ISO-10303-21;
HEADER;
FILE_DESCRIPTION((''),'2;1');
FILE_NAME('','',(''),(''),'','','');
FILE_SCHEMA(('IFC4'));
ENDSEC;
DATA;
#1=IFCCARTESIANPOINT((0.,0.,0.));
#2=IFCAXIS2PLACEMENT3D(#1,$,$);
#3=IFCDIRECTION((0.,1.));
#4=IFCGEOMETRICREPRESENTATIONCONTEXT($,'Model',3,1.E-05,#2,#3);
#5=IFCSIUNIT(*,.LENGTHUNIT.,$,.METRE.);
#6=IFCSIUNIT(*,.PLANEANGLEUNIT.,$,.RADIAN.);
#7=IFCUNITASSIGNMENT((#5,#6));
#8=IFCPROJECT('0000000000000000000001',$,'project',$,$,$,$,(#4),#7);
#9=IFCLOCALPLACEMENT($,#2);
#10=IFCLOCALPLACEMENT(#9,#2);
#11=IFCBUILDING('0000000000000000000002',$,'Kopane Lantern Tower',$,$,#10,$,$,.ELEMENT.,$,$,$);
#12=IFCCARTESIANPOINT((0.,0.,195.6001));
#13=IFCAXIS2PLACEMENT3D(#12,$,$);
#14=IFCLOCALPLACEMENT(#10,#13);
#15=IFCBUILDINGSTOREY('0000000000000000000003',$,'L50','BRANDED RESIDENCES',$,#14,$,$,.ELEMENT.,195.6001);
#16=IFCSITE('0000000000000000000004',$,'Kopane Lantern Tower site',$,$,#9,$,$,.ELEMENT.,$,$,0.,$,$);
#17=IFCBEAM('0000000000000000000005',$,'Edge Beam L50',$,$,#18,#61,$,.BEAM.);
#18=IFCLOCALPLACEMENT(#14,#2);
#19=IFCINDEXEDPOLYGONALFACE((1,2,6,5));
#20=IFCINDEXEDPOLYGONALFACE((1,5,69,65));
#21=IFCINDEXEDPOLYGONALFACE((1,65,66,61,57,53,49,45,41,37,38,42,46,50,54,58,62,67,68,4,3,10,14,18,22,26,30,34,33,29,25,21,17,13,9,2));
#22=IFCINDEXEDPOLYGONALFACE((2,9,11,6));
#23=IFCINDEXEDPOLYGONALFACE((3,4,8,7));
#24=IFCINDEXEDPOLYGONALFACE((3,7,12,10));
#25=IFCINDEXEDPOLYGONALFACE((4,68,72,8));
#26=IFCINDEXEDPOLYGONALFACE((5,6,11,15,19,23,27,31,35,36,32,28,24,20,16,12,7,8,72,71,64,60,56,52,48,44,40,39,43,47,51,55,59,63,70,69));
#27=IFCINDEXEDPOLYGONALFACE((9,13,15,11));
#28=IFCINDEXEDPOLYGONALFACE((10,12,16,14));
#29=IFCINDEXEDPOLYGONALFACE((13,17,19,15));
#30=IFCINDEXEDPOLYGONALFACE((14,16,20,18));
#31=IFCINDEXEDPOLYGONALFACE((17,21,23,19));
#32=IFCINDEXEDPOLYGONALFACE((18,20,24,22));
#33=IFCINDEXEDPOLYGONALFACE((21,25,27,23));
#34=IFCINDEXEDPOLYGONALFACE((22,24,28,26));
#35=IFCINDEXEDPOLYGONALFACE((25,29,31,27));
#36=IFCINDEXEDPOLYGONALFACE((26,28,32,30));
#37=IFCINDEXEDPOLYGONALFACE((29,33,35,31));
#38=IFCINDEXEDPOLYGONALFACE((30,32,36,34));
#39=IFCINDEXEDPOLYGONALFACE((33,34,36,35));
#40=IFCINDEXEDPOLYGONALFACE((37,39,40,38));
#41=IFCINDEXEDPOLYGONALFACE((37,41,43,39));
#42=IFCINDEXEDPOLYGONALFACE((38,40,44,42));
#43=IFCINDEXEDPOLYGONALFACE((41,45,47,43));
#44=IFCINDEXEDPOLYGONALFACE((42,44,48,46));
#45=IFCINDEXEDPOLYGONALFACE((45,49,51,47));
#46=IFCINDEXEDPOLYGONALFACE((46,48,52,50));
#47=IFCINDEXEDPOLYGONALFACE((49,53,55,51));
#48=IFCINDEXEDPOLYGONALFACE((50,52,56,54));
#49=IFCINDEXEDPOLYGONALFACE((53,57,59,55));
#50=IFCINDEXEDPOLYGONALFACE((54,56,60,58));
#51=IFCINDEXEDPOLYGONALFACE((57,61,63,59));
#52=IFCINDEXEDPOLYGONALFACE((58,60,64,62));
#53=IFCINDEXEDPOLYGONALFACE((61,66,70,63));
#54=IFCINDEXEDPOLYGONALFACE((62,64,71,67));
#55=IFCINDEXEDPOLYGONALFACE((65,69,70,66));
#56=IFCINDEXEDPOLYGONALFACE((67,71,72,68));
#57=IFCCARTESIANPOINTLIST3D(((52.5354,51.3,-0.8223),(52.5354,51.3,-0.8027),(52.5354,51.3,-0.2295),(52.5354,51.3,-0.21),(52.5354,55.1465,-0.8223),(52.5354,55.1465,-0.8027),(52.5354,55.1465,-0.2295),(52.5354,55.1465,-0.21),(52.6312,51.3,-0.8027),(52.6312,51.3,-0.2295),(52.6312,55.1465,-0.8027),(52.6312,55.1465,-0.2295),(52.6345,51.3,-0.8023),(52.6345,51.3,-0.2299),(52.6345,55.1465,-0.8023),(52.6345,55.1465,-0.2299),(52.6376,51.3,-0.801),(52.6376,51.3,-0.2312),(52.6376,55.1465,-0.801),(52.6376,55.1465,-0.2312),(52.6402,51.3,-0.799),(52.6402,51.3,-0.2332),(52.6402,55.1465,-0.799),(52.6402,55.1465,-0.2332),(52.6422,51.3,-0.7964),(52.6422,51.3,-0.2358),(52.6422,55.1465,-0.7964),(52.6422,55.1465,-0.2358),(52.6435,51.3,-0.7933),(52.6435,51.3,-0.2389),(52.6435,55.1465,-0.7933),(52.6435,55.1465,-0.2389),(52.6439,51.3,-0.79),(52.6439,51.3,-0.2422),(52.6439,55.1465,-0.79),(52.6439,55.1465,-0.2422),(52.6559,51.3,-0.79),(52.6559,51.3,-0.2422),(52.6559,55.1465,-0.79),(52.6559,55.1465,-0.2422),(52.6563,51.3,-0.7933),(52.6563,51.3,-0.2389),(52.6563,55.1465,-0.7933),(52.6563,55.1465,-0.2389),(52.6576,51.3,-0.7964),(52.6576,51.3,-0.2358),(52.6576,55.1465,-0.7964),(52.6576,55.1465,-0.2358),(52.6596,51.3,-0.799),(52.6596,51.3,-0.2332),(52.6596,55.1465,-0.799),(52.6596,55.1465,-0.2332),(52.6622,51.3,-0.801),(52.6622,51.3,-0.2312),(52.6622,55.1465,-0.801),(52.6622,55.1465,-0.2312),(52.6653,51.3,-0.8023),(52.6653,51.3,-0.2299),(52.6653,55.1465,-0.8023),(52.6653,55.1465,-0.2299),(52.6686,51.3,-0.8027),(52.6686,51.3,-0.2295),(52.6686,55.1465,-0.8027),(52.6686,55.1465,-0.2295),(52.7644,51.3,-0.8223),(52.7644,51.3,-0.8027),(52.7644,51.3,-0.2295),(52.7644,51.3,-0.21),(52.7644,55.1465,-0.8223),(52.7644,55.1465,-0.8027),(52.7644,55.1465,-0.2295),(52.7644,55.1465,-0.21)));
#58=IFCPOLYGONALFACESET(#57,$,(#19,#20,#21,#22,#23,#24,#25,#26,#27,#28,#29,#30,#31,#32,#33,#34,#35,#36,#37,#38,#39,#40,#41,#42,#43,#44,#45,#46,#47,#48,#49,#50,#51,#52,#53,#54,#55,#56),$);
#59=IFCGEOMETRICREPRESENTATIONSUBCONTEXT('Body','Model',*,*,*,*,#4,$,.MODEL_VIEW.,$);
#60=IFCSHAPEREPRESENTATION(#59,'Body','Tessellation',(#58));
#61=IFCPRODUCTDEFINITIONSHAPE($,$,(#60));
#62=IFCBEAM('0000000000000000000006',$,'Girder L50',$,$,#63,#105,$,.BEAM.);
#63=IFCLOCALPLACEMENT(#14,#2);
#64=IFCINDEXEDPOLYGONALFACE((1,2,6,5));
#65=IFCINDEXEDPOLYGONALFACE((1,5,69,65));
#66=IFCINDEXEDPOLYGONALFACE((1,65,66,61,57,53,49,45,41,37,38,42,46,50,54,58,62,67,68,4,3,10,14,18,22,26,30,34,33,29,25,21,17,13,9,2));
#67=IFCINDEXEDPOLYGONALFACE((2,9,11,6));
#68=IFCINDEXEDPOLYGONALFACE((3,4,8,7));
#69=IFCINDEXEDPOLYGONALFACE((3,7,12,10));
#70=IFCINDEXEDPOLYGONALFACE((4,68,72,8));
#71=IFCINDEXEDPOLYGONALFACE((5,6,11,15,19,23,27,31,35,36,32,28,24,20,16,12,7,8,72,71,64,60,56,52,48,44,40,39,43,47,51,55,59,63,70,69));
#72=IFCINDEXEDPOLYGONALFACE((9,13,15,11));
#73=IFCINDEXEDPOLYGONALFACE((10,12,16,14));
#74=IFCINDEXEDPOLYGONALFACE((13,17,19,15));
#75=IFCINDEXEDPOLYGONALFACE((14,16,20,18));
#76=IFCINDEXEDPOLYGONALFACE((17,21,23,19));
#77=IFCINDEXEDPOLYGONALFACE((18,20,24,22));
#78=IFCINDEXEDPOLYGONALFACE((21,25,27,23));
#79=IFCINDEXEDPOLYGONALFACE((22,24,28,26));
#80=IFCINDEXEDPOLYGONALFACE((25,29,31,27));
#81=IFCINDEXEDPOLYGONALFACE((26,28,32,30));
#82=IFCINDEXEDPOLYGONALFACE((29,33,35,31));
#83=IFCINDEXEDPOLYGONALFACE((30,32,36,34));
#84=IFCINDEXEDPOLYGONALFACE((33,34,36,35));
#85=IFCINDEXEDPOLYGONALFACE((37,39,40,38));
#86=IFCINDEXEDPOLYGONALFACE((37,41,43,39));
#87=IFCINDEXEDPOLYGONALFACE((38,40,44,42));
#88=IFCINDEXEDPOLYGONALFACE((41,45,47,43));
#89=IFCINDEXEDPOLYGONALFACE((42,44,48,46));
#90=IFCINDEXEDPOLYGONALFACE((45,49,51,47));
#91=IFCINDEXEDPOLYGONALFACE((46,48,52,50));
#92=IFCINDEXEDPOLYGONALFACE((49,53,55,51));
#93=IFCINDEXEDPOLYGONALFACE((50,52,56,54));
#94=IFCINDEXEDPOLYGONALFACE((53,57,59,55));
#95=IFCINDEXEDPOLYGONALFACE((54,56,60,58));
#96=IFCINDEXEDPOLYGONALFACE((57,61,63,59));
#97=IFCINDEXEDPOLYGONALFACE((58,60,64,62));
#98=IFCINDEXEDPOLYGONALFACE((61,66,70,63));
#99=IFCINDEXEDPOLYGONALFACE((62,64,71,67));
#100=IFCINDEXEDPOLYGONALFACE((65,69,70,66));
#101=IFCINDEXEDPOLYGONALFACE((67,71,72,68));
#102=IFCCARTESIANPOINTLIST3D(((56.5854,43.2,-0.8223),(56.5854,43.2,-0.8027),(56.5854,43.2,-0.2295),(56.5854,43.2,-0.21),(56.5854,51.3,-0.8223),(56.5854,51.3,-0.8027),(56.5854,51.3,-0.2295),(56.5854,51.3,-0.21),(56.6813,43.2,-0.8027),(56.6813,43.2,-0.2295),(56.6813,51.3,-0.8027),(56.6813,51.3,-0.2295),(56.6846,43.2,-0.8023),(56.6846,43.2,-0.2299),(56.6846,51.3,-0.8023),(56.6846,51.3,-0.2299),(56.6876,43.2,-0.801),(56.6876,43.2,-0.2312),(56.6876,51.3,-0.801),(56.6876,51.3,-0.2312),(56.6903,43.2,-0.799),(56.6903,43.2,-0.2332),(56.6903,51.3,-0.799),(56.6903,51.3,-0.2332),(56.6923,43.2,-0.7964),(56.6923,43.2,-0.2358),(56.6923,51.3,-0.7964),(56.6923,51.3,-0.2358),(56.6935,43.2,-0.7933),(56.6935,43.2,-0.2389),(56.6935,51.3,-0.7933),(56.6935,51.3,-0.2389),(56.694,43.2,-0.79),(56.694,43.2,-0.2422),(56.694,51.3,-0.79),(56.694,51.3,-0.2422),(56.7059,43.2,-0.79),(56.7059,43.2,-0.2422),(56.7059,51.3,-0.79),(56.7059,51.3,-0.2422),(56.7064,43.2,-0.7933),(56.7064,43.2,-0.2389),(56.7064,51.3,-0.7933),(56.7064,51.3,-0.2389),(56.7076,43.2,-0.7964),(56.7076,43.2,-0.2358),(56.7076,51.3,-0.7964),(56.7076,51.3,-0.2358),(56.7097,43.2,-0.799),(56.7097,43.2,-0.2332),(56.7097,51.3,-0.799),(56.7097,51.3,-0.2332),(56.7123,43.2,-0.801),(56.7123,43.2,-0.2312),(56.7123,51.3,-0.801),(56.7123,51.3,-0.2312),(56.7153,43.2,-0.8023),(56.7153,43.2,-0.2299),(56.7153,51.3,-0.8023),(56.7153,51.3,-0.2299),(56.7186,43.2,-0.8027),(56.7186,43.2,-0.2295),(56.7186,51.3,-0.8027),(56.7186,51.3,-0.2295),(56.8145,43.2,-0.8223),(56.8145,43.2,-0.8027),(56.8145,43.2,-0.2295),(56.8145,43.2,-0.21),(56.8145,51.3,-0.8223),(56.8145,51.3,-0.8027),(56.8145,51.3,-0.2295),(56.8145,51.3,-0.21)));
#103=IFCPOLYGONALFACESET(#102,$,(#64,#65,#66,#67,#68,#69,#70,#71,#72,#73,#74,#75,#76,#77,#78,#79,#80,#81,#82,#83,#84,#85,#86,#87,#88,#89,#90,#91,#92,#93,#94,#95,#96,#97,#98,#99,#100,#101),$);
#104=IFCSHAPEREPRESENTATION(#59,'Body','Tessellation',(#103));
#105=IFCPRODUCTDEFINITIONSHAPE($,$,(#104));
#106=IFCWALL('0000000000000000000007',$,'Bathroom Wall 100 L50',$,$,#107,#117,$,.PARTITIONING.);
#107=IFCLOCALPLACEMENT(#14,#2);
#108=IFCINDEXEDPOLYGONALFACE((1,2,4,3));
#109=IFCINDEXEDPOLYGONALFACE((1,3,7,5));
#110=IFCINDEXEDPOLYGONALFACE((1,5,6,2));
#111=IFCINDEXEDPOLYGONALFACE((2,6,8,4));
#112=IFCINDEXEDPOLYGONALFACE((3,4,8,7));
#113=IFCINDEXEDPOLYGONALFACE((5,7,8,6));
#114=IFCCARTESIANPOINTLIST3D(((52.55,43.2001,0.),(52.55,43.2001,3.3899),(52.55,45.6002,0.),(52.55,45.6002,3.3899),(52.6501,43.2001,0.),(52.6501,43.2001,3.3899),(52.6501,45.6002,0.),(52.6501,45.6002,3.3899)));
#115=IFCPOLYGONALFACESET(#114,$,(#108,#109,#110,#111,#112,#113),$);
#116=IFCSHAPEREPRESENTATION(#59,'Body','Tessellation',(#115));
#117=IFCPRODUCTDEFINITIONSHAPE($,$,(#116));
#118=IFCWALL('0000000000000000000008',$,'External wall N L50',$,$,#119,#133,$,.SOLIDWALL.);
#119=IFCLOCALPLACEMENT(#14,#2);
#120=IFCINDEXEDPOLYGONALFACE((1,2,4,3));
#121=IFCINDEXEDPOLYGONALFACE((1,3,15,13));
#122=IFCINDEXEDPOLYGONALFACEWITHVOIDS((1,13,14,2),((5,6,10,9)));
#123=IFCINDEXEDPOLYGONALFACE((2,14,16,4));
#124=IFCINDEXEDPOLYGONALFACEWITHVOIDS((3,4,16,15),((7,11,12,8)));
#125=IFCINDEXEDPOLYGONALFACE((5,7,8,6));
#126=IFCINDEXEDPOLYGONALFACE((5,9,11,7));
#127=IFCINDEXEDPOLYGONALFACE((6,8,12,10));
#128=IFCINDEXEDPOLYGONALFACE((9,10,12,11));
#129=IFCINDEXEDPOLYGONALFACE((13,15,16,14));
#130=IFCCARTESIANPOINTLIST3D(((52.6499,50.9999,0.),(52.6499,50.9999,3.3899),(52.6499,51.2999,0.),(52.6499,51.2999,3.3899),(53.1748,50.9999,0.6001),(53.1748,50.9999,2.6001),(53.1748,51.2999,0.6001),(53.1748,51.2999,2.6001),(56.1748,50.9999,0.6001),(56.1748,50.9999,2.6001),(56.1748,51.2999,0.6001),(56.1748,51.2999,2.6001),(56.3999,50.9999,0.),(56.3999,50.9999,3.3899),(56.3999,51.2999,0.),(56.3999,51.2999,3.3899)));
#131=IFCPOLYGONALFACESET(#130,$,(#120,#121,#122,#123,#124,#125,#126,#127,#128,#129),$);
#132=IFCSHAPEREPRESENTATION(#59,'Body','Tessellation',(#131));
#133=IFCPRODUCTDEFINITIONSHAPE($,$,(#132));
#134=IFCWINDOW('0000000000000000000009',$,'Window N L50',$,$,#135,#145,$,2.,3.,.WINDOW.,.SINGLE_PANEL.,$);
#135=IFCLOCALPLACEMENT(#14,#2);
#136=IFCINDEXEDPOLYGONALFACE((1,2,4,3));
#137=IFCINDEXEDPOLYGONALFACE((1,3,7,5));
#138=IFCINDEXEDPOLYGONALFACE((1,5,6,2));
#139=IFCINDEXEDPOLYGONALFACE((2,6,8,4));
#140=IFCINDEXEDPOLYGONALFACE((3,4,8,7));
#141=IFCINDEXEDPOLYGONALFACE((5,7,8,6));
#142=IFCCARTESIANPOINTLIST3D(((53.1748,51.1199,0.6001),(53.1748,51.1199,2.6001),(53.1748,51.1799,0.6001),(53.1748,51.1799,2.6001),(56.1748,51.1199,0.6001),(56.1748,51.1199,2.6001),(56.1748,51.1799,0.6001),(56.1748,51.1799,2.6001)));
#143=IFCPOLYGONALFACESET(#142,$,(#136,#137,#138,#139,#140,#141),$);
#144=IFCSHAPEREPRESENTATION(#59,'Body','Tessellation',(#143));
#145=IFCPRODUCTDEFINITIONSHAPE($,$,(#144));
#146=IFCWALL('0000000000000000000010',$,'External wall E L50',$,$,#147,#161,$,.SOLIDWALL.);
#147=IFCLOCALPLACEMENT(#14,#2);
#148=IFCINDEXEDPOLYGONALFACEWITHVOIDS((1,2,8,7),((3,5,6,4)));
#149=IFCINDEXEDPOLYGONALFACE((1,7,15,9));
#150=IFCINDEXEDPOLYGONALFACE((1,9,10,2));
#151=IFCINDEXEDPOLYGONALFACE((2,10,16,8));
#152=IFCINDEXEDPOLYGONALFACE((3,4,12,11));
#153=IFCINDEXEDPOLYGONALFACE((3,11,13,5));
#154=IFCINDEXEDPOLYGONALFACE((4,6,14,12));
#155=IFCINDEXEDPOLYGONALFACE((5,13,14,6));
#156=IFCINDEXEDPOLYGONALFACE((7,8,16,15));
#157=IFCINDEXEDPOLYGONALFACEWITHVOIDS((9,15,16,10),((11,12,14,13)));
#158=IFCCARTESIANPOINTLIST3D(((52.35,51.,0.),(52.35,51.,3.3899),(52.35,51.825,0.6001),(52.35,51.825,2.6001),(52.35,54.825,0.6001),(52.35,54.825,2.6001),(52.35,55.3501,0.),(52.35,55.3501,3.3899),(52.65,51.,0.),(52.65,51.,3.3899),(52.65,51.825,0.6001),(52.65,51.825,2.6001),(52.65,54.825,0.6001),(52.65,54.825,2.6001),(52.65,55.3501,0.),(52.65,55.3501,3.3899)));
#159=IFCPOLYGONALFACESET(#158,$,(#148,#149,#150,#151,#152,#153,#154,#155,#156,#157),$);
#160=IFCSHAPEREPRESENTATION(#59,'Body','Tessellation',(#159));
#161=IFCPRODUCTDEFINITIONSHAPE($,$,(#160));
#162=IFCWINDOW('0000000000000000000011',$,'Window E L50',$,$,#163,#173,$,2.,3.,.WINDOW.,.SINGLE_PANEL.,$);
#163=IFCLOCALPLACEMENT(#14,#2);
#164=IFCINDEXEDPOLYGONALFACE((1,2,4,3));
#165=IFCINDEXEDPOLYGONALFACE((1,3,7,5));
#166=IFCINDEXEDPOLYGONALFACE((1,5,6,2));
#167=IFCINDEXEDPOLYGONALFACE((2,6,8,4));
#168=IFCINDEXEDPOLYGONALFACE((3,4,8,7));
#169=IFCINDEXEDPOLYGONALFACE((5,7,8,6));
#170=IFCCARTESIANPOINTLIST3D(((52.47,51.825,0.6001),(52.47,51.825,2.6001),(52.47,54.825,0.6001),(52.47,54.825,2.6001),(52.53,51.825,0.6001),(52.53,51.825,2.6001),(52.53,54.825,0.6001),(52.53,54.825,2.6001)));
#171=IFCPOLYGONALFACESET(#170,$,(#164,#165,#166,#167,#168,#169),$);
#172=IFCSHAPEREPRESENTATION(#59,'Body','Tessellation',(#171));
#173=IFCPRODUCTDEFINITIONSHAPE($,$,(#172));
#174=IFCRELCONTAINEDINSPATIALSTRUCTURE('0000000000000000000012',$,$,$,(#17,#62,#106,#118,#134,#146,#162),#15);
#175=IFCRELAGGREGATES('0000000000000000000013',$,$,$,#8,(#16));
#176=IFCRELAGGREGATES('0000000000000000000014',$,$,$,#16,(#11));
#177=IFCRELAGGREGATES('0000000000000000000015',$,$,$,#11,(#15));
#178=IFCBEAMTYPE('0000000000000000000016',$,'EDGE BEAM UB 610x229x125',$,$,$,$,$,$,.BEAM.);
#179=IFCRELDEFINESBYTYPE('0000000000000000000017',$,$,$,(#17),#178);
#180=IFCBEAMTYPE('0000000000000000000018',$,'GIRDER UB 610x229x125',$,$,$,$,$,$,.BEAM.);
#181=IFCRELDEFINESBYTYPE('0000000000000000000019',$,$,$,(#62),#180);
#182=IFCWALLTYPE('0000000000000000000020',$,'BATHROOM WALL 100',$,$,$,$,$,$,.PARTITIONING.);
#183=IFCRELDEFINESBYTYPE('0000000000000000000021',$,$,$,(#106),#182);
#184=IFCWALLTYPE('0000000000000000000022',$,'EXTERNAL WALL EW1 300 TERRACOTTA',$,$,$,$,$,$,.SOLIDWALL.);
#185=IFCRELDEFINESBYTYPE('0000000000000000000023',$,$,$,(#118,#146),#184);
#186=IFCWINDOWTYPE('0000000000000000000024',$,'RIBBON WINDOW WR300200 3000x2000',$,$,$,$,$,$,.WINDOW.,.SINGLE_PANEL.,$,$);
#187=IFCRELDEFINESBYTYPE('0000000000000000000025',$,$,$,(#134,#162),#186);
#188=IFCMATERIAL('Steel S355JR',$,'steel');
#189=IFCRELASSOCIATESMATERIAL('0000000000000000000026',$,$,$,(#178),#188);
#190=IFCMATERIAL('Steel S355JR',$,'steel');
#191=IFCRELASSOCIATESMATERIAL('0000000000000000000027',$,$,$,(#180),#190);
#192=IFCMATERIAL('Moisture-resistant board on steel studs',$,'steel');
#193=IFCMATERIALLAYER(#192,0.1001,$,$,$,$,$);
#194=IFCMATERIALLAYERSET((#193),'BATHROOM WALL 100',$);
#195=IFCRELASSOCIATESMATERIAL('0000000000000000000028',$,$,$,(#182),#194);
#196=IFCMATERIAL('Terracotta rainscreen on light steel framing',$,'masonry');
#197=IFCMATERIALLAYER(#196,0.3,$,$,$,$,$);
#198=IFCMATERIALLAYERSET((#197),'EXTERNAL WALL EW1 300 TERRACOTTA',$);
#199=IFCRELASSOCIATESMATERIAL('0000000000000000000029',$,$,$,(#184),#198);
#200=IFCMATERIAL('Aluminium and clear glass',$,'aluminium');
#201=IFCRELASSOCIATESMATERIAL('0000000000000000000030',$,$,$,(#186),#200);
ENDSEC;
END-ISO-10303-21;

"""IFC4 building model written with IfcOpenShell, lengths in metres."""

from ifc_helpers import new_model, si_unit, direction, frame, frame_2d, origin, origin_2d, place, context, subcontext, project, spatial, rectangle, i_section, extrude, material, layer, layer_set, material_profile, profile_set, type_object, element, fill, save


model = new_model("IFC4")

# Units and contexts
model_context = context("Model", 3, precision=1e-05, world=origin(), true_north=direction((0.0, 1.0)))
body_context = subcontext(model_context, "Body", "Model", "MODEL_VIEW")
ifc_project = project(units=[si_unit("LENGTHUNIT", "METRE"), si_unit("PLANEANGLEUNIT", "RADIAN")], contexts=[model_context])

# Site, building, storey
site_placement = place(None, origin())
site = spatial("IfcSite", under=ifc_project, at=site_placement, Name="Kopane Lantern Tower site", CompositionType="ELEMENT", RefElevation=0.0)
building_placement = place(site_placement, origin())
building = spatial("IfcBuilding", under=site, at=building_placement, Name="Kopane Lantern Tower", CompositionType="ELEMENT")
storey_placement = place(building_placement, frame((0.0, 0.0, 195.6001)))
storey = spatial("IfcBuildingStorey", under=building, at=storey_placement, Name="L50", Description="BRANDED RESIDENCES", CompositionType="ELEMENT", Elevation=195.6001)

# Beams
ifc_material_1 = material(Name="Steel S355JR", Category="steel")
ifc_material_profile_1 = material_profile(ifc_material_1, i_section(OverallWidth=0.229, OverallDepth=0.6123, WebThickness=0.012, FlangeThickness=0.0195, FilletRadius=0.0127, at=origin_2d()), Name="UB 610x229x125")
ifc_profile_set_1 = profile_set([ifc_material_profile_1], Name="Steel S355JR")
beam_type_1 = type_object("IfcBeamType", Name="EDGE BEAM UB 610x229x125", PredefinedType="BEAM", material=ifc_profile_set_1)
for number, where, z_axis, x_axis, name in (
    (1, (52.6499, 55.1465, -0.5161), (0.0, -1.0, 0.0), (1.0, 0.0, 0.0), "Edge Beam L50"),
):
    element("IfcBeam", number, at=place(storey_placement, frame(where, z_axis=z_axis, x_axis=x_axis)), inside=storey, type_object=beam_type_1, Name=name, PredefinedType="BEAM", context=body_context, shape_type="SweptSolid", body=[
        extrude(i_section(OverallWidth=0.229, OverallDepth=0.6123, WebThickness=0.012, FlangeThickness=0.0195, FilletRadius=0.0127, at=origin_2d()), origin(), (0.0, 0.0, 1.0), 3.8464),
    ])
ifc_material_2 = material(Name="Steel S355JR", Category="steel")
ifc_material_profile_2 = material_profile(ifc_material_2, i_section(OverallWidth=0.229, OverallDepth=0.6123, WebThickness=0.012, FlangeThickness=0.0195, FilletRadius=0.0127, at=origin_2d()), Name="UB 610x229x125")
ifc_profile_set_2 = profile_set([ifc_material_profile_2], Name="Steel S355JR")
beam_type_2 = type_object("IfcBeamType", Name="GIRDER UB 610x229x125", PredefinedType="BEAM", material=ifc_profile_set_2)
beam_1_placement = place(storey_placement, frame((56.7, 43.2, -0.5161), z_axis=(0.0, 1.0, 0.0), x_axis=(-1.0, 0.0, 0.0)))
element("IfcBeam", 2, at=beam_1_placement, inside=storey, type_object=beam_type_2, Name="Girder L50", PredefinedType="BEAM", context=body_context, shape_type="SweptSolid", body=[
    extrude(i_section(OverallWidth=0.229, OverallDepth=0.6123, WebThickness=0.012, FlangeThickness=0.0195, FilletRadius=0.0127, at=origin_2d()), origin(), (0.0, 0.0, 1.0), 8.1001),
])

# Wall
ifc_material_3 = material(Name="Moisture-resistant board on steel studs", Category="steel")
ifc_layer_1 = layer(ifc_material_3, 0.1001)
ifc_layer_set_1 = layer_set([ifc_layer_1], Name="BATHROOM WALL 100")
wall_type_1 = type_object("IfcWallType", Name="BATHROOM WALL 100", PredefinedType="PARTITIONING", material=ifc_layer_set_1)
wall_1_placement = place(storey_placement, frame((52.6001, 43.2, 0.0), z_axis=(0.0, 0.0, 1.0), x_axis=(0.0, 1.0, 0.0)))
element("IfcWall", 3, at=wall_1_placement, inside=storey, type_object=wall_type_1, Name="Bathroom Wall 100 L50", PredefinedType="PARTITIONING", context=body_context, shape_type="SweptSolid", body=[
    extrude(rectangle(XDim=2.4001, YDim=0.1001, at=frame_2d((1.2002, 0.0))), origin(), (0.0, 0.0, 1.0), 3.3899),
])

# Walls, openings, windows
ifc_material_4 = material(Name="Terracotta rainscreen on light steel framing", Category="masonry")
ifc_layer_2 = layer(ifc_material_4, 0.3)
ifc_layer_set_2 = layer_set([ifc_layer_2], Name="EXTERNAL WALL EW1 300 TERRACOTTA")
wall_type_2 = type_object("IfcWallType", Name="EXTERNAL WALL EW1 300 TERRACOTTA", PredefinedType="SOLIDWALL", material=ifc_layer_set_2)
wall_2_placement = place(storey_placement, frame((56.3999, 51.1499, 0.0), z_axis=(0.0, 0.0, 1.0), x_axis=(-1.0, 0.0, 0.0)))
wall_2 = element("IfcWall", 4, at=wall_2_placement, inside=storey, type_object=wall_type_2, Name="External wall N L50", PredefinedType="SOLIDWALL", context=body_context, shape_type="SweptSolid", body=[
    extrude(rectangle(XDim=3.75, YDim=0.3, at=frame_2d((1.875, 0.0))), origin(), (0.0, 0.0, 1.0), 3.3899),
])
opening_1_placement = place(wall_2_placement, frame((0.2251, 0.0, 0.6001)))
opening_1 = element("IfcOpeningElement", 5, at=opening_1_placement, cuts=wall_2, PredefinedType="OPENING", context=body_context, shape_type="SweptSolid", body=[
    extrude(rectangle(XDim=3.0, YDim=2.0, at=frame_2d((1.5, 1.0))), frame((0.0, 0.1599, 0.0), z_axis=(0.0, -1.0, 0.0), x_axis=(1.0, 0.0, 0.0)), (0.0, 0.0, 1.0), 0.3201),
])
ifc_material_5 = material(Name="Aluminium and clear glass", Category="aluminium")
window_type = type_object("IfcWindowType", Name="RIBBON WINDOW WR300200 3000x2000", PartitioningType="SINGLE_PANEL", PredefinedType="WINDOW", material=ifc_material_5)
window_1_placement = place(opening_1_placement, origin())
window_1 = element("IfcWindow", 6, at=window_1_placement, inside=storey, type_object=window_type, Name="Window N L50", OverallHeight=2.0, OverallWidth=3.0, PartitioningType="SINGLE_PANEL", PredefinedType="WINDOW", context=body_context, shape_type="SweptSolid", body=[
    extrude(rectangle(XDim=3.0, YDim=2.0, at=frame_2d((1.5, 1.0))), frame((0.0, 0.03, 0.0), z_axis=(0.0, -1.0, 0.0), x_axis=(1.0, 0.0, 0.0)), (0.0, 0.0, 1.0), 0.0601),
])
fill(opening_1, window_1)
wall_3_placement = place(storey_placement, frame((52.5, 51.0, 0.0), z_axis=(0.0, 0.0, 1.0), x_axis=(0.0, 1.0, 0.0)))
wall_3 = element("IfcWall", 7, at=wall_3_placement, inside=storey, type_object=wall_type_2, Name="External wall E L50", PredefinedType="SOLIDWALL", context=body_context, shape_type="SweptSolid", body=[
    extrude(rectangle(XDim=4.3501, YDim=0.3, at=frame_2d((2.175, 0.0))), origin(), (0.0, 0.0, 1.0), 3.3899),
])
opening_2_placement = place(wall_3_placement, frame((0.825, 0.0, 0.6001)))
opening_2 = element("IfcOpeningElement", 8, at=opening_2_placement, cuts=wall_3, PredefinedType="OPENING", context=body_context, shape_type="SweptSolid", body=[
    extrude(rectangle(XDim=3.0, YDim=2.0, at=frame_2d((1.5, 1.0))), frame((0.0, 0.1599, 0.0), z_axis=(0.0, -1.0, 0.0), x_axis=(1.0, 0.0, 0.0)), (0.0, 0.0, 1.0), 0.3201),
])
window_2_placement = place(opening_2_placement, origin())
window_2 = element("IfcWindow", 9, at=window_2_placement, inside=storey, type_object=window_type, Name="Window E L50", OverallHeight=2.0, OverallWidth=3.0, PartitioningType="SINGLE_PANEL", PredefinedType="WINDOW", context=body_context, shape_type="SweptSolid", body=[
    extrude(rectangle(XDim=3.0, YDim=2.0, at=frame_2d((1.5, 1.0))), frame((0.0, 0.03, 0.0), z_axis=(0.0, -1.0, 0.0), x_axis=(1.0, 0.0, 0.0)), (0.0, 0.0, 1.0), 0.0601),
])
fill(opening_2, window_2)

save(model, "model.ifc")
